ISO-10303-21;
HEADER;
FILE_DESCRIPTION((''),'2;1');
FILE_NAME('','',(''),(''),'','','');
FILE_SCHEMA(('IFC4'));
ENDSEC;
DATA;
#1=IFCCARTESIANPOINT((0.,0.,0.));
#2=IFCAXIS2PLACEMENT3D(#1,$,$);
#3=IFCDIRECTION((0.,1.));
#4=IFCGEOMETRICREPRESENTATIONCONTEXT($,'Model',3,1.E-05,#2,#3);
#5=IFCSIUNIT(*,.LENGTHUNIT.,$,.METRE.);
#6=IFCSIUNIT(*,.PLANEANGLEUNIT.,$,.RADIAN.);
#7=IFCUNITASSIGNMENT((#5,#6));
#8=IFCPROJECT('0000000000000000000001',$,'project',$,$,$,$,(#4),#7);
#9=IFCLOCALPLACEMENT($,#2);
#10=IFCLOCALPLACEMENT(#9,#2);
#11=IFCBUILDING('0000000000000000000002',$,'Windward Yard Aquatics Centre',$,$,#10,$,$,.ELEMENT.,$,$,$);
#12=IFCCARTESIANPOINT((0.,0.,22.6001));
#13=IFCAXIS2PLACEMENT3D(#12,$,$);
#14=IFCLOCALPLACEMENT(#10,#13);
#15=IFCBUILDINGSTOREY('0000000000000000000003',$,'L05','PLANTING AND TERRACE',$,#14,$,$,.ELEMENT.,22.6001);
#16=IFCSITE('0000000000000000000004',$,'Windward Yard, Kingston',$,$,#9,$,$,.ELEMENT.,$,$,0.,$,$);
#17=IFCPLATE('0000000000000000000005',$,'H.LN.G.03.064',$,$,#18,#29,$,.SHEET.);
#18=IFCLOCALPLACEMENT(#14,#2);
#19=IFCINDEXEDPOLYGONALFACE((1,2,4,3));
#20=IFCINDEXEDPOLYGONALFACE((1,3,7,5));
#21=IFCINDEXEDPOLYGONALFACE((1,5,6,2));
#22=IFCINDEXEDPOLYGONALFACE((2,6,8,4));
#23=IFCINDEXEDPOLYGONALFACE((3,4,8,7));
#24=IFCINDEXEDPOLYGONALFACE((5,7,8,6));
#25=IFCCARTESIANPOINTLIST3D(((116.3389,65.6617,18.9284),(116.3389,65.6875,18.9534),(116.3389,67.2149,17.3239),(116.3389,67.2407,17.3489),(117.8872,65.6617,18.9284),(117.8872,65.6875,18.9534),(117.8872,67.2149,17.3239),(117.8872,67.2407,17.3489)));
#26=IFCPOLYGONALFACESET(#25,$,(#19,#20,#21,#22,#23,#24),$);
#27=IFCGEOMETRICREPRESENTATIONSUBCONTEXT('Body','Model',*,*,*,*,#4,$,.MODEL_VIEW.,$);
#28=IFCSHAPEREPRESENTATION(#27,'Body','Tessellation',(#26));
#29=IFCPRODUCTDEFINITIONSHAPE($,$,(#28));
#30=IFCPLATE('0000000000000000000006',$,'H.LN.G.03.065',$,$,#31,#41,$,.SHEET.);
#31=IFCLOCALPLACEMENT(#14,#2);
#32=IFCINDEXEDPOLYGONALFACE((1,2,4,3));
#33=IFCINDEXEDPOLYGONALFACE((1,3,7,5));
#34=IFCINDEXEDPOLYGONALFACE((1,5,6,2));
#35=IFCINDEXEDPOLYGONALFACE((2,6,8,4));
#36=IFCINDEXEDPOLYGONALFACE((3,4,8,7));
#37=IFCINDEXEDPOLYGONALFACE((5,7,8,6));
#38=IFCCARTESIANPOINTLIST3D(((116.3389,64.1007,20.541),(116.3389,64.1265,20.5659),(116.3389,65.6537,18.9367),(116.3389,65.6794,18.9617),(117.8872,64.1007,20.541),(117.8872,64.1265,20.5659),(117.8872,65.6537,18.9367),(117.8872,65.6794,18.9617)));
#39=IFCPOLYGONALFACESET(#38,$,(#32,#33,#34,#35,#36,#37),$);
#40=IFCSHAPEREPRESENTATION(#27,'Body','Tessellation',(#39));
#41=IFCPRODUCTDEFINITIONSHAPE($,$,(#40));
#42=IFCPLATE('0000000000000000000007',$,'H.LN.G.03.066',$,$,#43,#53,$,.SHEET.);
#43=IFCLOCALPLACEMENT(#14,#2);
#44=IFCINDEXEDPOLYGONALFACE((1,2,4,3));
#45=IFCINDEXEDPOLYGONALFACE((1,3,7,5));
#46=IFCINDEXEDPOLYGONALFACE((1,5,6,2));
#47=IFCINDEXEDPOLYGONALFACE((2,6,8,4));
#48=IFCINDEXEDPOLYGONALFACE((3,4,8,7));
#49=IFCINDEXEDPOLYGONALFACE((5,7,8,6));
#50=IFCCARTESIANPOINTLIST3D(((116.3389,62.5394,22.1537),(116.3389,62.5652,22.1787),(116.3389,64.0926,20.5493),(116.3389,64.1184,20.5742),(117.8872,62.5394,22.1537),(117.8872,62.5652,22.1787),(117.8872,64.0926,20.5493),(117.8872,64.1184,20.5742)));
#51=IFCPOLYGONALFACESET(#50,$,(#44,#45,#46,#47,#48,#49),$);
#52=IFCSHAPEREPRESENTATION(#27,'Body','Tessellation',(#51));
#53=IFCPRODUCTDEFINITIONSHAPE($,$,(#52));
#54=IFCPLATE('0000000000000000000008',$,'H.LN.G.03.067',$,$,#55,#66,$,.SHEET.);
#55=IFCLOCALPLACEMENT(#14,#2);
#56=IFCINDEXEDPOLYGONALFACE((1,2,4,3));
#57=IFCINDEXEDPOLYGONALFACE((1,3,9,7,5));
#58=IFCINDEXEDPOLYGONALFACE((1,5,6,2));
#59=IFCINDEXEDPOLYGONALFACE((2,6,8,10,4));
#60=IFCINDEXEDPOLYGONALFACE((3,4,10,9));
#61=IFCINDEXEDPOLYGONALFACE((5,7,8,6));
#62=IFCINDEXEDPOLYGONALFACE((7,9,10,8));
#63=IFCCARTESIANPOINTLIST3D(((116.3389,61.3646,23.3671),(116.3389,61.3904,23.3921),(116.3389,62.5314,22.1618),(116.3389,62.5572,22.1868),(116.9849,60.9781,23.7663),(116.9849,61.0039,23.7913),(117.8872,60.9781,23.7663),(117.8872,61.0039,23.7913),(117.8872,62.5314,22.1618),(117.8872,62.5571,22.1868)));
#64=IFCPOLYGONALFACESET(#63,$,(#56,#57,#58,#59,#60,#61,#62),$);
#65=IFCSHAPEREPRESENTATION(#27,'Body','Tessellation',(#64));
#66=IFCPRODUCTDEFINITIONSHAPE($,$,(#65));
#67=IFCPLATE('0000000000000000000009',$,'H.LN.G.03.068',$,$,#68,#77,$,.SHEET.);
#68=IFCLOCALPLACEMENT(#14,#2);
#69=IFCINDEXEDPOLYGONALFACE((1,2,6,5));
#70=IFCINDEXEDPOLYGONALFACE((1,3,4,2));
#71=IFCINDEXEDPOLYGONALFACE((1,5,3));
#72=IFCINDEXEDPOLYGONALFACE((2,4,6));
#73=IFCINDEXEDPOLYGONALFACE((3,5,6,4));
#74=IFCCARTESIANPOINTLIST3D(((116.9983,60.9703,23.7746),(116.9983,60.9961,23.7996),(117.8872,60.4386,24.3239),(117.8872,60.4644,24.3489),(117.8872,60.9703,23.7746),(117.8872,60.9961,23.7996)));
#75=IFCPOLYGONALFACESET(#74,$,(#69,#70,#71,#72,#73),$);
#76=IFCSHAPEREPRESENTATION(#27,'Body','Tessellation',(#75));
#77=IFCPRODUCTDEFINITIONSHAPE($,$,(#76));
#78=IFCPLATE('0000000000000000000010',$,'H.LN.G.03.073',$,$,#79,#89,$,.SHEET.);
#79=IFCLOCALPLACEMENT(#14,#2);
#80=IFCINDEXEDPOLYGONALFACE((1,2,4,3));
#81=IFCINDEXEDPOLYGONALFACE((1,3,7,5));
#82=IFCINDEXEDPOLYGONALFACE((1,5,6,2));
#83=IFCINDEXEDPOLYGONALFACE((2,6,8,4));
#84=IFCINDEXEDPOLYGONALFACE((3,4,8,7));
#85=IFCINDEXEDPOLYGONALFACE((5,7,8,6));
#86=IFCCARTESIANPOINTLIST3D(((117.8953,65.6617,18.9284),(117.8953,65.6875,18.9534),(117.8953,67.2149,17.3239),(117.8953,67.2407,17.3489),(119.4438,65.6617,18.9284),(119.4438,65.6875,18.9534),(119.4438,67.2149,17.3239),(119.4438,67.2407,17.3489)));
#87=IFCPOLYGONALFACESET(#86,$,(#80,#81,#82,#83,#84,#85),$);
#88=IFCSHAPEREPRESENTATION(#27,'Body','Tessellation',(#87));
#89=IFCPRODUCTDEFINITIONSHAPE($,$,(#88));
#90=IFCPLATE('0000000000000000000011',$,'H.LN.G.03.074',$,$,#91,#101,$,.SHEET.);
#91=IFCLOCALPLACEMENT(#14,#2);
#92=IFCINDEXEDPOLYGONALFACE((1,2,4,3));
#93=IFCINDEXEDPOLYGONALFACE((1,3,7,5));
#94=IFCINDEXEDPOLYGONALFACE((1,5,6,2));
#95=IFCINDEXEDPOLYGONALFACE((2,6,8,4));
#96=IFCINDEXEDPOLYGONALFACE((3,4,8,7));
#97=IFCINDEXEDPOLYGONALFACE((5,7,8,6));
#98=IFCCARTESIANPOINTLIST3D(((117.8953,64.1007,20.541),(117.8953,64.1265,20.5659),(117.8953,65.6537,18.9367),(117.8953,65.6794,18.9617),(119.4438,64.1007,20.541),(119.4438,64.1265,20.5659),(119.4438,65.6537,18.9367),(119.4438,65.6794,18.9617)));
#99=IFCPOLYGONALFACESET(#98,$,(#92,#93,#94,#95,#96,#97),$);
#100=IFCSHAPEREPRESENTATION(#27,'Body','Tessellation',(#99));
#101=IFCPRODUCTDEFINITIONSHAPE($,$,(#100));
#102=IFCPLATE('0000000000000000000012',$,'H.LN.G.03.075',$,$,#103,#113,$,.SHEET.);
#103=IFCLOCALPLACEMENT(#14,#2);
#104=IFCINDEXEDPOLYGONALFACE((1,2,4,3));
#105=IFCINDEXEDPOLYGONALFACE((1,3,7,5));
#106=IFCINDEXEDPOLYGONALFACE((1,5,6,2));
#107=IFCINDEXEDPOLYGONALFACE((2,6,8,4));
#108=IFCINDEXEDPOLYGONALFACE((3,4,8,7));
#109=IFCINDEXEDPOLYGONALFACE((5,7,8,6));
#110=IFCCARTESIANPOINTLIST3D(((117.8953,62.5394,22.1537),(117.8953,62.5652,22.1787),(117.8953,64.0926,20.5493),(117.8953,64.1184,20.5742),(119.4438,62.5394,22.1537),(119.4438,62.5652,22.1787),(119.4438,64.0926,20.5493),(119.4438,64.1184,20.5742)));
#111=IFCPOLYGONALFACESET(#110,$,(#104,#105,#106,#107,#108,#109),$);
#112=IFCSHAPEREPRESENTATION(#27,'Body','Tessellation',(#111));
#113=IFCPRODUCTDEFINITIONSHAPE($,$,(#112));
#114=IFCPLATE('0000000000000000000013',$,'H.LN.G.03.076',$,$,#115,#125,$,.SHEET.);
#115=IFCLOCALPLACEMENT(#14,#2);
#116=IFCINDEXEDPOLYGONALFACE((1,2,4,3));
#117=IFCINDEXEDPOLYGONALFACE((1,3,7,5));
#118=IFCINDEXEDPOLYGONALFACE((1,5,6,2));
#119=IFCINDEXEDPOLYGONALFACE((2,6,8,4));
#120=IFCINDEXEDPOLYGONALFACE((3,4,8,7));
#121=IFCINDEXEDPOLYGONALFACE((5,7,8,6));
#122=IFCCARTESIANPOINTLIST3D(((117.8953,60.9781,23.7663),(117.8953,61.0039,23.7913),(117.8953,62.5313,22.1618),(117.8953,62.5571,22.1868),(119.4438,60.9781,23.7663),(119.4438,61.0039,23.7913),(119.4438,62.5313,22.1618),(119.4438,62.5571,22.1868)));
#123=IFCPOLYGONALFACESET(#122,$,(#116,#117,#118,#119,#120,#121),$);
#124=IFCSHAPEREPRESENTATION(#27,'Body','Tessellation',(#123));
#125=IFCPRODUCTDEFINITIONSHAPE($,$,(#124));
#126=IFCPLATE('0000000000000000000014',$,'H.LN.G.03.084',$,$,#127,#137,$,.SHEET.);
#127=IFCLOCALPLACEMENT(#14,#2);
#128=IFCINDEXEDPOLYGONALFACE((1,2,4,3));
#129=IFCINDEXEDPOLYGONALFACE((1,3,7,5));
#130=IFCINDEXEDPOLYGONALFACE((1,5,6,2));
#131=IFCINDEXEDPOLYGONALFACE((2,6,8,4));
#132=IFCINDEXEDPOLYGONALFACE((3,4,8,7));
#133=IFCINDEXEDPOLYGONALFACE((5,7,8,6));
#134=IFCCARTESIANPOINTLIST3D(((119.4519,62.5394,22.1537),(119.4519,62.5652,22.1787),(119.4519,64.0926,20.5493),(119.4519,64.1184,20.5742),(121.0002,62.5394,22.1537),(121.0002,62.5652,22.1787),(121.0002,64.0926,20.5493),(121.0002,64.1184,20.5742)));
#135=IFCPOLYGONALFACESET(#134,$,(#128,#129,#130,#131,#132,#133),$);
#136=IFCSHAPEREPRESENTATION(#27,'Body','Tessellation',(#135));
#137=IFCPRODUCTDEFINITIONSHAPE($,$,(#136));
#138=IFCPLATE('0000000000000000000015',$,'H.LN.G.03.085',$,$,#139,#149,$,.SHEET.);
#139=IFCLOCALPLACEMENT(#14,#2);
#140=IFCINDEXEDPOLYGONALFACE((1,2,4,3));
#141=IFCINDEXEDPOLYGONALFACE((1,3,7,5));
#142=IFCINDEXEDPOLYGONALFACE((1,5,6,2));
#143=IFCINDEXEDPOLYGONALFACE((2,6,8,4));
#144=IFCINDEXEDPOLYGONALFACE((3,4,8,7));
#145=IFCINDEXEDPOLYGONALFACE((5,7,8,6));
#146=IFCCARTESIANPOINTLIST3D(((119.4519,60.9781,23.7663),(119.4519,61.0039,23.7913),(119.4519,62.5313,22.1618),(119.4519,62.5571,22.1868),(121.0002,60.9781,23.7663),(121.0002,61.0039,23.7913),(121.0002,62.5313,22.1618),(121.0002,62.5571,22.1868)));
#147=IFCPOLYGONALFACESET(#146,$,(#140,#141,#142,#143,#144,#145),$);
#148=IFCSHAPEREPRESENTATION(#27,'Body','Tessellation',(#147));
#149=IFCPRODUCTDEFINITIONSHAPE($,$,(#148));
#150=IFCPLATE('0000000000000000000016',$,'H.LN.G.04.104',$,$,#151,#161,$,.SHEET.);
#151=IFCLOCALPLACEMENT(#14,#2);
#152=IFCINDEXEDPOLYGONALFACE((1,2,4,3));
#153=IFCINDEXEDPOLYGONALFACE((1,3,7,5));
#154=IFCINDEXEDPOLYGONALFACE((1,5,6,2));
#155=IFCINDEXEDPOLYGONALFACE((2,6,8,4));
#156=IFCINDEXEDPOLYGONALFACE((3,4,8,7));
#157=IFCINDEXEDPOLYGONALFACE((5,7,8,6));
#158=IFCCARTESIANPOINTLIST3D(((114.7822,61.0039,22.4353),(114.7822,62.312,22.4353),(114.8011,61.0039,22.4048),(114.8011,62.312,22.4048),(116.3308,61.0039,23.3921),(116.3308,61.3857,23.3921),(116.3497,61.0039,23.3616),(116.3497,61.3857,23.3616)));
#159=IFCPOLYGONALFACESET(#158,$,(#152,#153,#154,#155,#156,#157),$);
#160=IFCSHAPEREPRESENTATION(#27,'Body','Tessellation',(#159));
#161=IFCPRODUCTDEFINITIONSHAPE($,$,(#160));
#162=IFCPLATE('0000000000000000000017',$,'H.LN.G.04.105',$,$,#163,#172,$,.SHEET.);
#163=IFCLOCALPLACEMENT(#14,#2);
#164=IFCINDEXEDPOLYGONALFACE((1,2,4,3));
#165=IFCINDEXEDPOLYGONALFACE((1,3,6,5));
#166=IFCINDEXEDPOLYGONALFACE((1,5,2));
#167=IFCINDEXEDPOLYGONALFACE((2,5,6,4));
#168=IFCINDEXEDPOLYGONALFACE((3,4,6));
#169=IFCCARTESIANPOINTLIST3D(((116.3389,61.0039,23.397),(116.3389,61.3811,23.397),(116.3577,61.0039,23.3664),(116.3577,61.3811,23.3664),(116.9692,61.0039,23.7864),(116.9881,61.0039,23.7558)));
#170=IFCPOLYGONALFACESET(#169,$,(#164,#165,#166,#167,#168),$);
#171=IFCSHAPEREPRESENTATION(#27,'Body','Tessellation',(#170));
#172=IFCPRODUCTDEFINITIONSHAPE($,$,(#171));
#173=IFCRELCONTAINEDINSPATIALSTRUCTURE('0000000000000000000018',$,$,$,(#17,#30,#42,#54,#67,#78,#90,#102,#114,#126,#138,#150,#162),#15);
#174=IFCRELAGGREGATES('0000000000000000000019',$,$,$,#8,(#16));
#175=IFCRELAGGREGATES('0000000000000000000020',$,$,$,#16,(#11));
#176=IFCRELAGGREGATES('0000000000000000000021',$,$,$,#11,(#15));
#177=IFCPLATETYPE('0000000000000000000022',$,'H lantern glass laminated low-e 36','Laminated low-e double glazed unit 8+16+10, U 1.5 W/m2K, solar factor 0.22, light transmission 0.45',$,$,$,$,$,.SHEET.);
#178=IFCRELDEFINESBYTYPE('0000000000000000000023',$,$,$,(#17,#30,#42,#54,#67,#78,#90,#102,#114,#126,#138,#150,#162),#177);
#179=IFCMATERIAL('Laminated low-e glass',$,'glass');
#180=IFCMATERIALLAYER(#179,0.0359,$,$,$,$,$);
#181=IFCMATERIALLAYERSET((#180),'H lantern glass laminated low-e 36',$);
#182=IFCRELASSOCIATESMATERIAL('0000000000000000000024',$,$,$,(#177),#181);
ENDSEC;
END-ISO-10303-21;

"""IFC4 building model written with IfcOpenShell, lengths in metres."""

from ifc_helpers import new_model, si_unit, direction, frame, origin, place, context, subcontext, project, spatial, polyline, outline, extrude, material, layer, layer_set, type_object, element, save


model = new_model("IFC4")

# Units and contexts
model_context = context("Model", 3, precision=1e-05, world=origin(), true_north=direction((0.0, 1.0)))
body_context = subcontext(model_context, "Body", "Model", "MODEL_VIEW")
ifc_project = project(units=[si_unit("LENGTHUNIT", "METRE"), si_unit("PLANEANGLEUNIT", "RADIAN")], contexts=[model_context])

# Site, building, storey
site_placement = place(None, origin())
site = spatial("IfcSite", under=ifc_project, at=site_placement, Name="Windward Yard, Kingston", CompositionType="ELEMENT", RefElevation=0.0)
building_placement = place(site_placement, origin())
building = spatial("IfcBuilding", under=site, at=building_placement, Name="Windward Yard Aquatics Centre", CompositionType="ELEMENT")
storey_placement = place(building_placement, frame((0.0, 0.0, 22.6001)))
storey = spatial("IfcBuildingStorey", under=building, at=storey_placement, Name="L05", Description="PLANTING AND TERRACE", CompositionType="ELEMENT", Elevation=22.6001)

# Plates
ifc_material_1 = material(Name="Laminated low-e glass", Category="glass")
ifc_layer = layer(ifc_material_1, 0.0359)
ifc_layer_set = layer_set([ifc_layer], Name="H lantern glass laminated low-e 36")
plate_type = type_object("IfcPlateType", Name="H lantern glass laminated low-e 36", Description="Laminated low-e double glazed unit 8+16+10, U 1.5 W/m2K, solar factor 0.22, light transmission 0.45", PredefinedType="SHEET", material=ifc_layer_set)
plate_1_placement = place(storey_placement, frame((116.3389, 65.6875, 18.9534), z_axis=(0.0, 0.718493, 0.695534), x_axis=(0.0, 0.695534, -0.718493)))
element("IfcPlate", 1, at=plate_1_placement, inside=storey, type_object=plate_type, Name="H.LN.G.03.064", PredefinedType="SHEET", context=body_context, shape_type="SweptSolid", body=[
    extrude(outline(polyline([(0.0, 0.0), (2.2331, 0.0), (2.2331, -1.5483), (0.0, -1.5483), (0.0, 0.0)])), origin(), (0.0, 0.0, -1.0), 0.0359),
])
plate_2_placement = place(storey_placement, frame((116.3389, 64.1265, 20.5659), z_axis=(0.0, 0.718495, 0.695533), x_axis=(0.0, 0.695533, -0.718495)))
element("IfcPlate", 2, at=plate_2_placement, inside=storey, type_object=plate_type, Name="H.LN.G.03.065", PredefinedType="SHEET", context=body_context, shape_type="SweptSolid", body=[
    extrude(outline(polyline([(0.0, 0.0), (2.2328, 0.0), (2.2328, -1.5483), (0.0, -1.5483), (0.0, 0.0)])), origin(), (0.0, 0.0, -1.0), 0.0359),
])
plate_3_placement = place(storey_placement, frame((116.3389, 62.5652, 22.1787), z_axis=(0.0, 0.718493, 0.695534), x_axis=(0.0, 0.695534, -0.718493)))
element("IfcPlate", 3, at=plate_3_placement, inside=storey, type_object=plate_type, Name="H.LN.G.03.066", PredefinedType="SHEET", context=body_context, shape_type="SweptSolid", body=[
    extrude(outline(polyline([(0.0, 0.0), (2.2331, 0.0), (2.2331, -1.5483), (0.0, -1.5483), (0.0, 0.0)])), origin(), (0.0, 0.0, -1.0), 0.0359),
])
plate_4_placement = place(storey_placement, frame((116.3389, 61.3904, 23.3921), z_axis=(0.000015, 0.718496, 0.695531), x_axis=(0.0, 0.695531, -0.718496)))
element("IfcPlate", 4, at=plate_4_placement, inside=storey, type_object=plate_type, Name="H.LN.G.03.067", PredefinedType="SHEET", context=body_context, shape_type="SweptSolid", body=[
    extrude(outline(polyline([(0.0, 0.0), (1.6775, 0.0), (1.6775, -1.5483), (-0.5556, -1.5483), (-0.5556, -0.646), (0.0, 0.0)])), origin(), (0.0, 0.0, -1.0), 0.0359),
])
plate_5_placement = place(storey_placement, frame((116.9983, 60.9961, 23.7996), z_axis=(0.0, 0.718509, 0.695517), x_axis=(1.0, 0.0, 0.0)))
element("IfcPlate", 5, at=plate_5_placement, inside=storey, type_object=plate_type, Name="H.LN.G.03.068", PredefinedType="SHEET", context=body_context, shape_type="SweptSolid", body=[
    extrude(outline(polyline([(0.0, 0.0), (0.8889, 0.0), (0.8889, -0.7645), (0.0, 0.0)])), origin(), (0.0, 0.0, -1.0), 0.0359),
])
plate_6_placement = place(storey_placement, frame((117.8953, 65.6875, 18.9534), z_axis=(0.0, 0.718493, 0.695534), x_axis=(0.0, 0.695534, -0.718493)))
element("IfcPlate", 6, at=plate_6_placement, inside=storey, type_object=plate_type, Name="H.LN.G.03.073", PredefinedType="SHEET", context=body_context, shape_type="SweptSolid", body=[
    extrude(outline(polyline([(0.0, 0.0), (2.2331, 0.0), (2.2331, -1.5486), (0.0, -1.5486), (0.0, 0.0)])), origin(), (0.0, 0.0, -1.0), 0.0359),
])
plate_7_placement = place(storey_placement, frame((117.8953, 64.1265, 20.5659), z_axis=(0.0, 0.718495, 0.695533), x_axis=(0.0, 0.695533, -0.718495)))
element("IfcPlate", 7, at=plate_7_placement, inside=storey, type_object=plate_type, Name="H.LN.G.03.074", PredefinedType="SHEET", context=body_context, shape_type="SweptSolid", body=[
    extrude(outline(polyline([(0.0, 0.0), (2.2328, 0.0), (2.2328, -1.5486), (0.0, -1.5486), (0.0, 0.0)])), origin(), (0.0, 0.0, -1.0), 0.0359),
])
for number, where, z_axis, x_axis, name in (
    (8, (117.8953, 62.5652, 22.1787), (0.0, 0.718493, 0.695534), (0.0, 0.695534, -0.718493), "H.LN.G.03.075"),
    (9, (117.8953, 61.0039, 23.7913), (0.0, 0.718493, 0.695534), (0.0, 0.695534, -0.718493), "H.LN.G.03.076"),
):
    element("IfcPlate", number, at=place(storey_placement, frame(where, z_axis=z_axis, x_axis=x_axis)), inside=storey, type_object=plate_type, Name=name, PredefinedType="SHEET", context=body_context, shape_type="SweptSolid", body=[
        extrude(outline(polyline([(0.0, 0.0), (2.2331, 0.0), (2.2331, -1.5486), (0.0, -1.5486), (0.0, 0.0)])), origin(), (0.0, 0.0, -1.0), 0.0359),
    ])
for number, where, z_axis, x_axis, name in (
    (10, (119.4519, 62.5652, 22.1787), (0.0, 0.718493, 0.695534), (0.0, 0.695534, -0.718493), "H.LN.G.03.084"),
    (11, (119.4519, 61.0039, 23.7913), (0.0, 0.718493, 0.695534), (0.0, 0.695534, -0.718493), "H.LN.G.03.085"),
):
    element("IfcPlate", number, at=place(storey_placement, frame(where, z_axis=z_axis, x_axis=x_axis)), inside=storey, type_object=plate_type, Name=name, PredefinedType="SHEET", context=body_context, shape_type="SweptSolid", body=[
        extrude(outline(polyline([(0.0, 0.0), (2.2331, 0.0), (2.2331, -1.5483), (0.0, -1.5483), (0.0, 0.0)])), origin(), (0.0, 0.0, -1.0), 0.0359),
    ])
plate_8_placement = place(storey_placement, frame((114.7822, 61.0039, 22.4353), z_axis=(-0.525616, 0.0, 0.850722), x_axis=(0.0, 1.0, 0.0)))
element("IfcPlate", 12, at=plate_8_placement, inside=storey, type_object=plate_type, Name="H.LN.G.04.104", PredefinedType="SHEET", context=body_context, shape_type="SweptSolid", body=[
    extrude(outline(polyline([(0.0, 0.0), (1.3081, 0.0), (0.3818, -1.8203), (0.0, -1.8203), (0.0, 0.0)])), origin(), (0.0, 0.0, -1.0), 0.0359),
])
plate_9_placement = place(storey_placement, frame((116.3389, 61.0039, 23.397), z_axis=(-0.525549, 0.0, 0.850763), x_axis=(0.0, 1.0, 0.0)))
element("IfcPlate", 13, at=plate_9_placement, inside=storey, type_object=plate_type, Name="H.LN.G.04.105", PredefinedType="SHEET", context=body_context, shape_type="SweptSolid", body=[
    extrude(outline(polyline([(0.0, 0.0), (0.3772, 0.0), (0.0, -0.7409), (0.0, 0.0)])), origin(), (0.0, 0.0, -1.0), 0.0359),
])

save(model, "model.ifc")
